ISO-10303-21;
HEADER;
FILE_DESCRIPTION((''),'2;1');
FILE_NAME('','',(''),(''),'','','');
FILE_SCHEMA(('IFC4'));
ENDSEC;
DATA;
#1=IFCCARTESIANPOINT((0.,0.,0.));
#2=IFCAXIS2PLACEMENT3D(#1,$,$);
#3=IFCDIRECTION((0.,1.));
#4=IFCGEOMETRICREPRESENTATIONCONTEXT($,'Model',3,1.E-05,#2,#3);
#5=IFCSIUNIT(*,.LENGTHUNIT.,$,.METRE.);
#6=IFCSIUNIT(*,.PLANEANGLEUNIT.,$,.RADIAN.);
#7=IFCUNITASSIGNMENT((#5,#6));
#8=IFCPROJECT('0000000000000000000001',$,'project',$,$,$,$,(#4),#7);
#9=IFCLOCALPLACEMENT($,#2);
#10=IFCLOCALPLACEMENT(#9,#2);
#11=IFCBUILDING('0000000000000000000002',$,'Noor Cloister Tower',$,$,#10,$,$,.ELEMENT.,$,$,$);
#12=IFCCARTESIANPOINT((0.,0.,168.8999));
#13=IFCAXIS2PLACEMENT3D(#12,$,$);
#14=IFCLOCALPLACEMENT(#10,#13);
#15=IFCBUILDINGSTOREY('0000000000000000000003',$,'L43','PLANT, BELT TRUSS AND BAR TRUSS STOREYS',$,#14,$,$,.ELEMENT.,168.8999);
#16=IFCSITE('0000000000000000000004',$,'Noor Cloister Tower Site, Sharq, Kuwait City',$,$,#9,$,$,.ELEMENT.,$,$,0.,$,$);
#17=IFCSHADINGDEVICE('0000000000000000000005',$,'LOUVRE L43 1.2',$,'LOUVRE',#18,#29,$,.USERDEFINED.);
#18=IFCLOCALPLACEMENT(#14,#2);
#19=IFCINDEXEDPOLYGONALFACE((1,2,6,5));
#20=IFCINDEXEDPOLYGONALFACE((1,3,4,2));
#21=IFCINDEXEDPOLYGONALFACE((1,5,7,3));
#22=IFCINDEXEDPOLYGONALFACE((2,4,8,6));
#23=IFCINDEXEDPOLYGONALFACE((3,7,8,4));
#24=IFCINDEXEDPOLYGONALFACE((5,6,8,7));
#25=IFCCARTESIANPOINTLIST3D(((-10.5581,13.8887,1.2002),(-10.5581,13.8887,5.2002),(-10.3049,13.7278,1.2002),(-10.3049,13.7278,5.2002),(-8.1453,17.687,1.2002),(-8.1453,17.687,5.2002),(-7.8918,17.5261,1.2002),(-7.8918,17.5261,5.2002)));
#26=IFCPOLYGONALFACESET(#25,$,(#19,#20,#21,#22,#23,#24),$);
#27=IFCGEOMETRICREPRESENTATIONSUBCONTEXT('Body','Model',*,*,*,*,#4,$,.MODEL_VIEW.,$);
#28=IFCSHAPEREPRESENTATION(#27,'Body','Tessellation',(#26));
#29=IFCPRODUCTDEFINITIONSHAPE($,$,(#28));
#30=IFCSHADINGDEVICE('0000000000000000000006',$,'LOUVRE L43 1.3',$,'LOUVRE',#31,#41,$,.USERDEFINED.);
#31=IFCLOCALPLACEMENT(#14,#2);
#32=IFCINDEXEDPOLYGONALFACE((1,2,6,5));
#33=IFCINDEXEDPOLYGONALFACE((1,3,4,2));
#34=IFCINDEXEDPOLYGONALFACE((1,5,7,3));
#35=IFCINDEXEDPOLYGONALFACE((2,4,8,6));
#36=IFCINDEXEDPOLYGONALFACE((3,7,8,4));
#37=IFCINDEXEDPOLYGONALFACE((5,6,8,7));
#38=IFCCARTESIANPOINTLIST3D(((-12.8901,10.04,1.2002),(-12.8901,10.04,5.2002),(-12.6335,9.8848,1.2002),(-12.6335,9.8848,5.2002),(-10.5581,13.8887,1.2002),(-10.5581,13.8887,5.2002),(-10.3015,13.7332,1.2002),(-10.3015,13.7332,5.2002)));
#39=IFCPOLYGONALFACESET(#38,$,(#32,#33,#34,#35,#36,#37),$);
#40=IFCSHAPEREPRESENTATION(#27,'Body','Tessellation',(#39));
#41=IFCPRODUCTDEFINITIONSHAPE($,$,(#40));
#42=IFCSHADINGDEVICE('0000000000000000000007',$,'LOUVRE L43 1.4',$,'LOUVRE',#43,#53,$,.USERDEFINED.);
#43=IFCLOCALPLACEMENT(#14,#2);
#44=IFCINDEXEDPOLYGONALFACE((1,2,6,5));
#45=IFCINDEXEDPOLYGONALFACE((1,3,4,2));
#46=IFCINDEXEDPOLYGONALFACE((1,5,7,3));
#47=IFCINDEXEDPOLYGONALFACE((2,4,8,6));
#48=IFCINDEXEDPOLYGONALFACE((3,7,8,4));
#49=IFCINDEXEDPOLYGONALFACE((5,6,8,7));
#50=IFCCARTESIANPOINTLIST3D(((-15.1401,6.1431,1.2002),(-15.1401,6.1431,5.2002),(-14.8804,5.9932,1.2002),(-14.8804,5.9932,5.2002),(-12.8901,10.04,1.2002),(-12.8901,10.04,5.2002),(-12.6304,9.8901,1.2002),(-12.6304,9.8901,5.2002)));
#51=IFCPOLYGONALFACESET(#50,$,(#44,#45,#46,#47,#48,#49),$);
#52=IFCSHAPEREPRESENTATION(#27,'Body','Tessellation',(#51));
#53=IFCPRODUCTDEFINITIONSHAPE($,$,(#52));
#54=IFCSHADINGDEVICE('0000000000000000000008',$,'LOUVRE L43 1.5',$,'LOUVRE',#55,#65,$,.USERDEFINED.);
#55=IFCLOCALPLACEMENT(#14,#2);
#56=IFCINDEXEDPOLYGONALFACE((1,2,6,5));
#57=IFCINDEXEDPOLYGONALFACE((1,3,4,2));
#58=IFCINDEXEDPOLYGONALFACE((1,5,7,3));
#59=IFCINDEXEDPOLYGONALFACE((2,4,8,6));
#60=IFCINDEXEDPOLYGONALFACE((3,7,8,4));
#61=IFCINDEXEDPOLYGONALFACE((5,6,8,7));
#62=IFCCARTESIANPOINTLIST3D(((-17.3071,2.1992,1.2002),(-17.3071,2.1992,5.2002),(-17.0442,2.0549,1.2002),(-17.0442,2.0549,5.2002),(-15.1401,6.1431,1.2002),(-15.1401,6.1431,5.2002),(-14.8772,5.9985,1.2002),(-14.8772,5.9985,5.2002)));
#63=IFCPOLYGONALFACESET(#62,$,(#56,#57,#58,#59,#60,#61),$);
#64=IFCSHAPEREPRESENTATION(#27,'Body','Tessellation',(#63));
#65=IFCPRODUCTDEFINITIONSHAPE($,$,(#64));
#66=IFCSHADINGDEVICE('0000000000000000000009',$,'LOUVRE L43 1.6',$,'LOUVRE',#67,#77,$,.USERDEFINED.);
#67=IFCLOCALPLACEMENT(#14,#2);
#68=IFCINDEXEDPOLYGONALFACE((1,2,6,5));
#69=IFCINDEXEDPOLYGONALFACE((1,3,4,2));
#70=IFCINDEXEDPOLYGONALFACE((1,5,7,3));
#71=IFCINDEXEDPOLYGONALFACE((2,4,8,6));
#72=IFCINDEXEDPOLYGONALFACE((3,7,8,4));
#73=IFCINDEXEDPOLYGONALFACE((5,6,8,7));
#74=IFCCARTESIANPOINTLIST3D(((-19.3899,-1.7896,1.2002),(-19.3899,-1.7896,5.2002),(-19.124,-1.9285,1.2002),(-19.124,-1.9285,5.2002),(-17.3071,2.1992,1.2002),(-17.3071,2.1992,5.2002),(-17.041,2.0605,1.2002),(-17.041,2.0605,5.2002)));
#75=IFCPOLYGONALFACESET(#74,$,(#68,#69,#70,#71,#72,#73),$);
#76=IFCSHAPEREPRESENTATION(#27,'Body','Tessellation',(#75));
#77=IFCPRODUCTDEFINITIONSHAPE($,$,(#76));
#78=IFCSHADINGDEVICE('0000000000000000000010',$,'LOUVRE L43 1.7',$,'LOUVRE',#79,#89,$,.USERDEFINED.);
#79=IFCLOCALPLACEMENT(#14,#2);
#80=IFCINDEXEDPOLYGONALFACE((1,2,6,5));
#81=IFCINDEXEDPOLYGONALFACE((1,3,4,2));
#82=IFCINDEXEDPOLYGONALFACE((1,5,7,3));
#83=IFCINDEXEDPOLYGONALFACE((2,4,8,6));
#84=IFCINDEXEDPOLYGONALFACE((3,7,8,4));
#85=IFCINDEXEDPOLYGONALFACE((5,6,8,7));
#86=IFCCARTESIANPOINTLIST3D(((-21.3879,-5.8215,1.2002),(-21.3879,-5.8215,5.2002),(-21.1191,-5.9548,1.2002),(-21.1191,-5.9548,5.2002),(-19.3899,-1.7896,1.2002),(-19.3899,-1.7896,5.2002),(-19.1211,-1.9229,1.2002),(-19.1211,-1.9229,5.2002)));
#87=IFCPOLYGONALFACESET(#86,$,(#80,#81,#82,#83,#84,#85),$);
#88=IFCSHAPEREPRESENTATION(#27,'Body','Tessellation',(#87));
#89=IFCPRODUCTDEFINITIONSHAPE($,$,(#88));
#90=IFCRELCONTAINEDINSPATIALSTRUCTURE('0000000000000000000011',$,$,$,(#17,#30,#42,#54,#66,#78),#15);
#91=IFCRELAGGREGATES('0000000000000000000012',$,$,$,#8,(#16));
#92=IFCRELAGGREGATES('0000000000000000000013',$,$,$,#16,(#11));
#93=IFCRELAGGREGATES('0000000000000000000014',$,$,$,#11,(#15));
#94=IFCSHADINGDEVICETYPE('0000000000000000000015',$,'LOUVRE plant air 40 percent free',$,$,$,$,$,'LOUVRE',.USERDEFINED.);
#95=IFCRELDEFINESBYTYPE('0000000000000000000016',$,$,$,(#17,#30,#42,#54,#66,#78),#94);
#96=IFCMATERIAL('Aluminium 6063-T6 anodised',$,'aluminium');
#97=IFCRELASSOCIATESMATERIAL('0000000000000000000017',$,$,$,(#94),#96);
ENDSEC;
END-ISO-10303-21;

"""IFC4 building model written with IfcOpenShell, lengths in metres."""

from ifc_helpers import new_model, si_unit, direction, frame, origin, place, context, subcontext, project, spatial, polyline, outline, extrude, material, type_object, element, save


model = new_model("IFC4")

# Units and contexts
model_context = context("Model", 3, precision=1e-05, world=origin(), true_north=direction((0.0, 1.0)))
body_context = subcontext(model_context, "Body", "Model", "MODEL_VIEW")
ifc_project = project(units=[si_unit("LENGTHUNIT", "METRE"), si_unit("PLANEANGLEUNIT", "RADIAN")], contexts=[model_context])

# Site, building, storey
site_placement = place(None, origin())
site = spatial("IfcSite", under=ifc_project, at=site_placement, Name="Noor Cloister Tower Site, Sharq, Kuwait City", CompositionType="ELEMENT", RefElevation=0.0)
building_placement = place(site_placement, origin())
building = spatial("IfcBuilding", under=site, at=building_placement, Name="Noor Cloister Tower", CompositionType="ELEMENT")
storey_placement = place(building_placement, frame((0.0, 0.0, 168.8999)))
storey = spatial("IfcBuildingStorey", under=building, at=storey_placement, Name="L43", Description="PLANT, BELT TRUSS AND BAR TRUSS STOREYS", CompositionType="ELEMENT", Elevation=168.8999)

# Shading devices
ifc_material_1 = material(Name="Aluminium 6063-T6 anodised", Category="aluminium")
shading_device_type = type_object("IfcShadingDeviceType", Name="LOUVRE plant air 40 percent free", ElementType="LOUVRE", PredefinedType="USERDEFINED", material=ifc_material_1)
shading_device_1_placement = place(storey_placement, frame((0.0, 0.0, 1.2002)))
element("IfcShadingDevice", 1, at=shading_device_1_placement, inside=storey, type_object=shading_device_type, Name="LOUVRE L43 1.2", ObjectType="LOUVRE", PredefinedType="USERDEFINED", context=body_context, shape_type="SweptSolid", body=[
    extrude(outline(polyline([(-8.1453, 17.687), (-10.5581, 13.8887), (-10.3049, 13.7278), (-7.8918, 17.5261), (-8.1453, 17.687)])), origin(), (0.0, 0.0, 1.0), 4.0),
])
shading_device_2_placement = place(storey_placement, frame((0.0, 0.0, 1.2002)))
element("IfcShadingDevice", 2, at=shading_device_2_placement, inside=storey, type_object=shading_device_type, Name="LOUVRE L43 1.3", ObjectType="LOUVRE", PredefinedType="USERDEFINED", context=body_context, shape_type="SweptSolid", body=[
    extrude(outline(polyline([(-10.5581, 13.8887), (-12.8901, 10.04), (-12.6335, 9.8848), (-10.3015, 13.7332), (-10.5581, 13.8887)])), origin(), (0.0, 0.0, 1.0), 4.0),
])
shading_device_3_placement = place(storey_placement, frame((0.0, 0.0, 1.2002)))
element("IfcShadingDevice", 3, at=shading_device_3_placement, inside=storey, type_object=shading_device_type, Name="LOUVRE L43 1.4", ObjectType="LOUVRE", PredefinedType="USERDEFINED", context=body_context, shape_type="SweptSolid", body=[
    extrude(outline(polyline([(-12.8901, 10.04), (-15.1401, 6.1431), (-14.8804, 5.9932), (-12.6304, 9.8901), (-12.8901, 10.04)])), origin(), (0.0, 0.0, 1.0), 4.0),
])
shading_device_4_placement = place(storey_placement, frame((0.0, 0.0, 1.2002)))
element("IfcShadingDevice", 4, at=shading_device_4_placement, inside=storey, type_object=shading_device_type, Name="LOUVRE L43 1.5", ObjectType="LOUVRE", PredefinedType="USERDEFINED", context=body_context, shape_type="SweptSolid", body=[
    extrude(outline(polyline([(-15.1401, 6.1431), (-17.3071, 2.1992), (-17.0442, 2.0549), (-14.8772, 5.9985), (-15.1401, 6.1431)])), origin(), (0.0, 0.0, 1.0), 4.0),
])
shading_device_5_placement = place(storey_placement, frame((0.0, 0.0, 1.2002)))
element("IfcShadingDevice", 5, at=shading_device_5_placement, inside=storey, type_object=shading_device_type, Name="LOUVRE L43 1.6", ObjectType="LOUVRE", PredefinedType="USERDEFINED", context=body_context, shape_type="SweptSolid", body=[
    extrude(outline(polyline([(-17.3071, 2.1992), (-19.3899, -1.7896), (-19.124, -1.9285), (-17.041, 2.0605), (-17.3071, 2.1992)])), origin(), (0.0, 0.0, 1.0), 4.0),
])
shading_device_6_placement = place(storey_placement, frame((0.0, 0.0, 1.2002)))
element("IfcShadingDevice", 6, at=shading_device_6_placement, inside=storey, type_object=shading_device_type, Name="LOUVRE L43 1.7", ObjectType="LOUVRE", PredefinedType="USERDEFINED", context=body_context, shape_type="SweptSolid", body=[
    extrude(outline(polyline([(-19.3899, -1.7896), (-21.3879, -5.8215), (-21.1191, -5.9548), (-19.1211, -1.9229), (-19.3899, -1.7896)])), origin(), (0.0, 0.0, 1.0), 4.0),
])

save(model, "model.ifc")
